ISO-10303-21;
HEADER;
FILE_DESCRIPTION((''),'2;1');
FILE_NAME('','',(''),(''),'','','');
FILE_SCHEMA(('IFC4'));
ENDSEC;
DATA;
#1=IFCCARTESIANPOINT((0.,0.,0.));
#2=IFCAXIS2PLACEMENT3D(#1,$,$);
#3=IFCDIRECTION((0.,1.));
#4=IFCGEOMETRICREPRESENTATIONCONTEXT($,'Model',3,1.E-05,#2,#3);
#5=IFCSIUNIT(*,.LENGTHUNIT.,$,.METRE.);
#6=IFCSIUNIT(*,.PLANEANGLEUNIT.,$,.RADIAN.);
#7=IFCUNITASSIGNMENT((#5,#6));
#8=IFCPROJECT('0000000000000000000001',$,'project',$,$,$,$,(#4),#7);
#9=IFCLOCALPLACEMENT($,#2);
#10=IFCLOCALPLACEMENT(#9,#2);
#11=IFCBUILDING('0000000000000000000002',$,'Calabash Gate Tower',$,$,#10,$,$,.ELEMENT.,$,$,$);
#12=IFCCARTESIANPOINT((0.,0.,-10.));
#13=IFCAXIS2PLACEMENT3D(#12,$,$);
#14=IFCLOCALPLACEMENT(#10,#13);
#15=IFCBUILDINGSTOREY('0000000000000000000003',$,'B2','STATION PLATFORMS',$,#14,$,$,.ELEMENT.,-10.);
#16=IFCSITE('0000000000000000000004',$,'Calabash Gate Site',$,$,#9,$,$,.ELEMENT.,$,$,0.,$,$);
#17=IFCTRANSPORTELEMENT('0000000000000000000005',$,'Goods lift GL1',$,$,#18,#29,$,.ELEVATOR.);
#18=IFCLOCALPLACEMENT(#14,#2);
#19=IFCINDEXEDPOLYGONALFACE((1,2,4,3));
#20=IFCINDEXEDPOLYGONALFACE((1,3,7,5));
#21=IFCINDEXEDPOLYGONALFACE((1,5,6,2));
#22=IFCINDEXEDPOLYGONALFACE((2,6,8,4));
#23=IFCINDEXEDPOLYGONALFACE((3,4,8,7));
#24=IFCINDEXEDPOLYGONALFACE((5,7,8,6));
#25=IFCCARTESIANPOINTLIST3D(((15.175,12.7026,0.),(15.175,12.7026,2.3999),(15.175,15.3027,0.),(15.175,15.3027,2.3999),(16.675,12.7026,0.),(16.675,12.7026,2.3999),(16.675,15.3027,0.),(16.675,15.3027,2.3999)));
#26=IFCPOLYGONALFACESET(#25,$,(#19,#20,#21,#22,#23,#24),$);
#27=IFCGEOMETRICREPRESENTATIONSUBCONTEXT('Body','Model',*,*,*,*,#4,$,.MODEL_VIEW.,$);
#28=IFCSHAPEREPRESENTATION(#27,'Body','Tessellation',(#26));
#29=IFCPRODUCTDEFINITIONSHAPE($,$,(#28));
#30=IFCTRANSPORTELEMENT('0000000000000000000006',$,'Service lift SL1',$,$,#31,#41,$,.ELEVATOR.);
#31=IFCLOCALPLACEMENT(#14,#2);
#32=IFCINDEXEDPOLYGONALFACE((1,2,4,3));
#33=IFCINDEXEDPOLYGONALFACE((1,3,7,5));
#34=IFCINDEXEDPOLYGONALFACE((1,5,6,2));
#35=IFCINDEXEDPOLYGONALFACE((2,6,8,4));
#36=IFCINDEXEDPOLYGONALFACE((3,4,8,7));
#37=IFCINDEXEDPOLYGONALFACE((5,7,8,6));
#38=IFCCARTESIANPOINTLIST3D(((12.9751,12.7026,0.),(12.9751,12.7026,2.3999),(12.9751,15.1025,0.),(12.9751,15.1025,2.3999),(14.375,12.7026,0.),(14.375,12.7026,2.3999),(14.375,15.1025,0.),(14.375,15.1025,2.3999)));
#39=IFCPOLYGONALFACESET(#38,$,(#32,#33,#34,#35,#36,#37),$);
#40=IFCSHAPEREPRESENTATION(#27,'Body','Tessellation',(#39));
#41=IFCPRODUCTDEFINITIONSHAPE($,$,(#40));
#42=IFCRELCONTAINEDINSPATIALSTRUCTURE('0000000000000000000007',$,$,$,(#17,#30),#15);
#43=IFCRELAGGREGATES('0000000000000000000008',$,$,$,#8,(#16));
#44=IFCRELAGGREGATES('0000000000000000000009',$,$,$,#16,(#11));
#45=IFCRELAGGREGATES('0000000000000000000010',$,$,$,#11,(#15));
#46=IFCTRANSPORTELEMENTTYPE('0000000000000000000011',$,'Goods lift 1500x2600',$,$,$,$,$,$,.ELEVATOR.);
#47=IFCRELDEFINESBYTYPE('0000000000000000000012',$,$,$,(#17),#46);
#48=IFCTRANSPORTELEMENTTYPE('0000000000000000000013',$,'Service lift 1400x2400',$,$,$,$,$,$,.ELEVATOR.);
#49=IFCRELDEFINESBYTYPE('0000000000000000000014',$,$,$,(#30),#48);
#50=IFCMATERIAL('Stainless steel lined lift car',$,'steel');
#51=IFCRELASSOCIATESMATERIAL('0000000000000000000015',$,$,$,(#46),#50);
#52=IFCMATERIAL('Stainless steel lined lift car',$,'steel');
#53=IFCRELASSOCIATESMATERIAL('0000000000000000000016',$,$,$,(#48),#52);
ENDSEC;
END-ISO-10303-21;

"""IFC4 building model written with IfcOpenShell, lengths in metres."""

from ifc_helpers import new_model, si_unit, direction, frame, origin, origin_2d, place, context, subcontext, project, spatial, rectangle, extrude, material, type_object, element, save


model = new_model("IFC4")

# Units and contexts
model_context = context("Model", 3, precision=1e-05, world=origin(), true_north=direction((0.0, 1.0)))
body_context = subcontext(model_context, "Body", "Model", "MODEL_VIEW")
ifc_project = project(units=[si_unit("LENGTHUNIT", "METRE"), si_unit("PLANEANGLEUNIT", "RADIAN")], contexts=[model_context])

# Site, building, storey
site_placement = place(None, origin())
site = spatial("IfcSite", under=ifc_project, at=site_placement, Name="Calabash Gate Site", CompositionType="ELEMENT", RefElevation=0.0)
building_placement = place(site_placement, origin())
building = spatial("IfcBuilding", under=site, at=building_placement, Name="Calabash Gate Tower", CompositionType="ELEMENT")
storey_placement = place(building_placement, frame((0.0, 0.0, -10.0)))
storey = spatial("IfcBuildingStorey", under=building, at=storey_placement, Name="B2", Description="STATION PLATFORMS", CompositionType="ELEMENT", Elevation=-10.0)

# Transport elements
ifc_material_1 = material(Name="Stainless steel lined lift car", Category="steel")
transport_element_type_1 = type_object("IfcTransportElementType", Name="Goods lift 1500x2600", PredefinedType="ELEVATOR", material=ifc_material_1)
transport_element_1_placement = place(storey_placement, frame((15.925, 14.0027, 0.0), z_axis=(0.0, 0.0, 1.0), x_axis=(1.0, 0.0, 0.0)))
element("IfcTransportElement", 1, at=transport_element_1_placement, inside=storey, type_object=transport_element_type_1, Name="Goods lift GL1", PredefinedType="ELEVATOR", context=body_context, shape_type="SweptSolid", body=[
    extrude(rectangle(XDim=1.5, YDim=2.6001, at=origin_2d()), origin(), (0.0, 0.0, 1.0), 2.3999),
])
ifc_material_2 = material(Name="Stainless steel lined lift car", Category="steel")
transport_element_type_2 = type_object("IfcTransportElementType", Name="Service lift 1400x2400", PredefinedType="ELEVATOR", material=ifc_material_2)
transport_element_2_placement = place(storey_placement, frame((13.675, 13.9026, 0.0), z_axis=(0.0, 0.0, 1.0), x_axis=(1.0, 0.0, 0.0)))
element("IfcTransportElement", 2, at=transport_element_2_placement, inside=storey, type_object=transport_element_type_2, Name="Service lift SL1", PredefinedType="ELEVATOR", context=body_context, shape_type="SweptSolid", body=[
    extrude(rectangle(XDim=1.3999, YDim=2.3999, at=origin_2d()), origin(), (0.0, 0.0, 1.0), 2.3999),
])

save(model, "model.ifc")
